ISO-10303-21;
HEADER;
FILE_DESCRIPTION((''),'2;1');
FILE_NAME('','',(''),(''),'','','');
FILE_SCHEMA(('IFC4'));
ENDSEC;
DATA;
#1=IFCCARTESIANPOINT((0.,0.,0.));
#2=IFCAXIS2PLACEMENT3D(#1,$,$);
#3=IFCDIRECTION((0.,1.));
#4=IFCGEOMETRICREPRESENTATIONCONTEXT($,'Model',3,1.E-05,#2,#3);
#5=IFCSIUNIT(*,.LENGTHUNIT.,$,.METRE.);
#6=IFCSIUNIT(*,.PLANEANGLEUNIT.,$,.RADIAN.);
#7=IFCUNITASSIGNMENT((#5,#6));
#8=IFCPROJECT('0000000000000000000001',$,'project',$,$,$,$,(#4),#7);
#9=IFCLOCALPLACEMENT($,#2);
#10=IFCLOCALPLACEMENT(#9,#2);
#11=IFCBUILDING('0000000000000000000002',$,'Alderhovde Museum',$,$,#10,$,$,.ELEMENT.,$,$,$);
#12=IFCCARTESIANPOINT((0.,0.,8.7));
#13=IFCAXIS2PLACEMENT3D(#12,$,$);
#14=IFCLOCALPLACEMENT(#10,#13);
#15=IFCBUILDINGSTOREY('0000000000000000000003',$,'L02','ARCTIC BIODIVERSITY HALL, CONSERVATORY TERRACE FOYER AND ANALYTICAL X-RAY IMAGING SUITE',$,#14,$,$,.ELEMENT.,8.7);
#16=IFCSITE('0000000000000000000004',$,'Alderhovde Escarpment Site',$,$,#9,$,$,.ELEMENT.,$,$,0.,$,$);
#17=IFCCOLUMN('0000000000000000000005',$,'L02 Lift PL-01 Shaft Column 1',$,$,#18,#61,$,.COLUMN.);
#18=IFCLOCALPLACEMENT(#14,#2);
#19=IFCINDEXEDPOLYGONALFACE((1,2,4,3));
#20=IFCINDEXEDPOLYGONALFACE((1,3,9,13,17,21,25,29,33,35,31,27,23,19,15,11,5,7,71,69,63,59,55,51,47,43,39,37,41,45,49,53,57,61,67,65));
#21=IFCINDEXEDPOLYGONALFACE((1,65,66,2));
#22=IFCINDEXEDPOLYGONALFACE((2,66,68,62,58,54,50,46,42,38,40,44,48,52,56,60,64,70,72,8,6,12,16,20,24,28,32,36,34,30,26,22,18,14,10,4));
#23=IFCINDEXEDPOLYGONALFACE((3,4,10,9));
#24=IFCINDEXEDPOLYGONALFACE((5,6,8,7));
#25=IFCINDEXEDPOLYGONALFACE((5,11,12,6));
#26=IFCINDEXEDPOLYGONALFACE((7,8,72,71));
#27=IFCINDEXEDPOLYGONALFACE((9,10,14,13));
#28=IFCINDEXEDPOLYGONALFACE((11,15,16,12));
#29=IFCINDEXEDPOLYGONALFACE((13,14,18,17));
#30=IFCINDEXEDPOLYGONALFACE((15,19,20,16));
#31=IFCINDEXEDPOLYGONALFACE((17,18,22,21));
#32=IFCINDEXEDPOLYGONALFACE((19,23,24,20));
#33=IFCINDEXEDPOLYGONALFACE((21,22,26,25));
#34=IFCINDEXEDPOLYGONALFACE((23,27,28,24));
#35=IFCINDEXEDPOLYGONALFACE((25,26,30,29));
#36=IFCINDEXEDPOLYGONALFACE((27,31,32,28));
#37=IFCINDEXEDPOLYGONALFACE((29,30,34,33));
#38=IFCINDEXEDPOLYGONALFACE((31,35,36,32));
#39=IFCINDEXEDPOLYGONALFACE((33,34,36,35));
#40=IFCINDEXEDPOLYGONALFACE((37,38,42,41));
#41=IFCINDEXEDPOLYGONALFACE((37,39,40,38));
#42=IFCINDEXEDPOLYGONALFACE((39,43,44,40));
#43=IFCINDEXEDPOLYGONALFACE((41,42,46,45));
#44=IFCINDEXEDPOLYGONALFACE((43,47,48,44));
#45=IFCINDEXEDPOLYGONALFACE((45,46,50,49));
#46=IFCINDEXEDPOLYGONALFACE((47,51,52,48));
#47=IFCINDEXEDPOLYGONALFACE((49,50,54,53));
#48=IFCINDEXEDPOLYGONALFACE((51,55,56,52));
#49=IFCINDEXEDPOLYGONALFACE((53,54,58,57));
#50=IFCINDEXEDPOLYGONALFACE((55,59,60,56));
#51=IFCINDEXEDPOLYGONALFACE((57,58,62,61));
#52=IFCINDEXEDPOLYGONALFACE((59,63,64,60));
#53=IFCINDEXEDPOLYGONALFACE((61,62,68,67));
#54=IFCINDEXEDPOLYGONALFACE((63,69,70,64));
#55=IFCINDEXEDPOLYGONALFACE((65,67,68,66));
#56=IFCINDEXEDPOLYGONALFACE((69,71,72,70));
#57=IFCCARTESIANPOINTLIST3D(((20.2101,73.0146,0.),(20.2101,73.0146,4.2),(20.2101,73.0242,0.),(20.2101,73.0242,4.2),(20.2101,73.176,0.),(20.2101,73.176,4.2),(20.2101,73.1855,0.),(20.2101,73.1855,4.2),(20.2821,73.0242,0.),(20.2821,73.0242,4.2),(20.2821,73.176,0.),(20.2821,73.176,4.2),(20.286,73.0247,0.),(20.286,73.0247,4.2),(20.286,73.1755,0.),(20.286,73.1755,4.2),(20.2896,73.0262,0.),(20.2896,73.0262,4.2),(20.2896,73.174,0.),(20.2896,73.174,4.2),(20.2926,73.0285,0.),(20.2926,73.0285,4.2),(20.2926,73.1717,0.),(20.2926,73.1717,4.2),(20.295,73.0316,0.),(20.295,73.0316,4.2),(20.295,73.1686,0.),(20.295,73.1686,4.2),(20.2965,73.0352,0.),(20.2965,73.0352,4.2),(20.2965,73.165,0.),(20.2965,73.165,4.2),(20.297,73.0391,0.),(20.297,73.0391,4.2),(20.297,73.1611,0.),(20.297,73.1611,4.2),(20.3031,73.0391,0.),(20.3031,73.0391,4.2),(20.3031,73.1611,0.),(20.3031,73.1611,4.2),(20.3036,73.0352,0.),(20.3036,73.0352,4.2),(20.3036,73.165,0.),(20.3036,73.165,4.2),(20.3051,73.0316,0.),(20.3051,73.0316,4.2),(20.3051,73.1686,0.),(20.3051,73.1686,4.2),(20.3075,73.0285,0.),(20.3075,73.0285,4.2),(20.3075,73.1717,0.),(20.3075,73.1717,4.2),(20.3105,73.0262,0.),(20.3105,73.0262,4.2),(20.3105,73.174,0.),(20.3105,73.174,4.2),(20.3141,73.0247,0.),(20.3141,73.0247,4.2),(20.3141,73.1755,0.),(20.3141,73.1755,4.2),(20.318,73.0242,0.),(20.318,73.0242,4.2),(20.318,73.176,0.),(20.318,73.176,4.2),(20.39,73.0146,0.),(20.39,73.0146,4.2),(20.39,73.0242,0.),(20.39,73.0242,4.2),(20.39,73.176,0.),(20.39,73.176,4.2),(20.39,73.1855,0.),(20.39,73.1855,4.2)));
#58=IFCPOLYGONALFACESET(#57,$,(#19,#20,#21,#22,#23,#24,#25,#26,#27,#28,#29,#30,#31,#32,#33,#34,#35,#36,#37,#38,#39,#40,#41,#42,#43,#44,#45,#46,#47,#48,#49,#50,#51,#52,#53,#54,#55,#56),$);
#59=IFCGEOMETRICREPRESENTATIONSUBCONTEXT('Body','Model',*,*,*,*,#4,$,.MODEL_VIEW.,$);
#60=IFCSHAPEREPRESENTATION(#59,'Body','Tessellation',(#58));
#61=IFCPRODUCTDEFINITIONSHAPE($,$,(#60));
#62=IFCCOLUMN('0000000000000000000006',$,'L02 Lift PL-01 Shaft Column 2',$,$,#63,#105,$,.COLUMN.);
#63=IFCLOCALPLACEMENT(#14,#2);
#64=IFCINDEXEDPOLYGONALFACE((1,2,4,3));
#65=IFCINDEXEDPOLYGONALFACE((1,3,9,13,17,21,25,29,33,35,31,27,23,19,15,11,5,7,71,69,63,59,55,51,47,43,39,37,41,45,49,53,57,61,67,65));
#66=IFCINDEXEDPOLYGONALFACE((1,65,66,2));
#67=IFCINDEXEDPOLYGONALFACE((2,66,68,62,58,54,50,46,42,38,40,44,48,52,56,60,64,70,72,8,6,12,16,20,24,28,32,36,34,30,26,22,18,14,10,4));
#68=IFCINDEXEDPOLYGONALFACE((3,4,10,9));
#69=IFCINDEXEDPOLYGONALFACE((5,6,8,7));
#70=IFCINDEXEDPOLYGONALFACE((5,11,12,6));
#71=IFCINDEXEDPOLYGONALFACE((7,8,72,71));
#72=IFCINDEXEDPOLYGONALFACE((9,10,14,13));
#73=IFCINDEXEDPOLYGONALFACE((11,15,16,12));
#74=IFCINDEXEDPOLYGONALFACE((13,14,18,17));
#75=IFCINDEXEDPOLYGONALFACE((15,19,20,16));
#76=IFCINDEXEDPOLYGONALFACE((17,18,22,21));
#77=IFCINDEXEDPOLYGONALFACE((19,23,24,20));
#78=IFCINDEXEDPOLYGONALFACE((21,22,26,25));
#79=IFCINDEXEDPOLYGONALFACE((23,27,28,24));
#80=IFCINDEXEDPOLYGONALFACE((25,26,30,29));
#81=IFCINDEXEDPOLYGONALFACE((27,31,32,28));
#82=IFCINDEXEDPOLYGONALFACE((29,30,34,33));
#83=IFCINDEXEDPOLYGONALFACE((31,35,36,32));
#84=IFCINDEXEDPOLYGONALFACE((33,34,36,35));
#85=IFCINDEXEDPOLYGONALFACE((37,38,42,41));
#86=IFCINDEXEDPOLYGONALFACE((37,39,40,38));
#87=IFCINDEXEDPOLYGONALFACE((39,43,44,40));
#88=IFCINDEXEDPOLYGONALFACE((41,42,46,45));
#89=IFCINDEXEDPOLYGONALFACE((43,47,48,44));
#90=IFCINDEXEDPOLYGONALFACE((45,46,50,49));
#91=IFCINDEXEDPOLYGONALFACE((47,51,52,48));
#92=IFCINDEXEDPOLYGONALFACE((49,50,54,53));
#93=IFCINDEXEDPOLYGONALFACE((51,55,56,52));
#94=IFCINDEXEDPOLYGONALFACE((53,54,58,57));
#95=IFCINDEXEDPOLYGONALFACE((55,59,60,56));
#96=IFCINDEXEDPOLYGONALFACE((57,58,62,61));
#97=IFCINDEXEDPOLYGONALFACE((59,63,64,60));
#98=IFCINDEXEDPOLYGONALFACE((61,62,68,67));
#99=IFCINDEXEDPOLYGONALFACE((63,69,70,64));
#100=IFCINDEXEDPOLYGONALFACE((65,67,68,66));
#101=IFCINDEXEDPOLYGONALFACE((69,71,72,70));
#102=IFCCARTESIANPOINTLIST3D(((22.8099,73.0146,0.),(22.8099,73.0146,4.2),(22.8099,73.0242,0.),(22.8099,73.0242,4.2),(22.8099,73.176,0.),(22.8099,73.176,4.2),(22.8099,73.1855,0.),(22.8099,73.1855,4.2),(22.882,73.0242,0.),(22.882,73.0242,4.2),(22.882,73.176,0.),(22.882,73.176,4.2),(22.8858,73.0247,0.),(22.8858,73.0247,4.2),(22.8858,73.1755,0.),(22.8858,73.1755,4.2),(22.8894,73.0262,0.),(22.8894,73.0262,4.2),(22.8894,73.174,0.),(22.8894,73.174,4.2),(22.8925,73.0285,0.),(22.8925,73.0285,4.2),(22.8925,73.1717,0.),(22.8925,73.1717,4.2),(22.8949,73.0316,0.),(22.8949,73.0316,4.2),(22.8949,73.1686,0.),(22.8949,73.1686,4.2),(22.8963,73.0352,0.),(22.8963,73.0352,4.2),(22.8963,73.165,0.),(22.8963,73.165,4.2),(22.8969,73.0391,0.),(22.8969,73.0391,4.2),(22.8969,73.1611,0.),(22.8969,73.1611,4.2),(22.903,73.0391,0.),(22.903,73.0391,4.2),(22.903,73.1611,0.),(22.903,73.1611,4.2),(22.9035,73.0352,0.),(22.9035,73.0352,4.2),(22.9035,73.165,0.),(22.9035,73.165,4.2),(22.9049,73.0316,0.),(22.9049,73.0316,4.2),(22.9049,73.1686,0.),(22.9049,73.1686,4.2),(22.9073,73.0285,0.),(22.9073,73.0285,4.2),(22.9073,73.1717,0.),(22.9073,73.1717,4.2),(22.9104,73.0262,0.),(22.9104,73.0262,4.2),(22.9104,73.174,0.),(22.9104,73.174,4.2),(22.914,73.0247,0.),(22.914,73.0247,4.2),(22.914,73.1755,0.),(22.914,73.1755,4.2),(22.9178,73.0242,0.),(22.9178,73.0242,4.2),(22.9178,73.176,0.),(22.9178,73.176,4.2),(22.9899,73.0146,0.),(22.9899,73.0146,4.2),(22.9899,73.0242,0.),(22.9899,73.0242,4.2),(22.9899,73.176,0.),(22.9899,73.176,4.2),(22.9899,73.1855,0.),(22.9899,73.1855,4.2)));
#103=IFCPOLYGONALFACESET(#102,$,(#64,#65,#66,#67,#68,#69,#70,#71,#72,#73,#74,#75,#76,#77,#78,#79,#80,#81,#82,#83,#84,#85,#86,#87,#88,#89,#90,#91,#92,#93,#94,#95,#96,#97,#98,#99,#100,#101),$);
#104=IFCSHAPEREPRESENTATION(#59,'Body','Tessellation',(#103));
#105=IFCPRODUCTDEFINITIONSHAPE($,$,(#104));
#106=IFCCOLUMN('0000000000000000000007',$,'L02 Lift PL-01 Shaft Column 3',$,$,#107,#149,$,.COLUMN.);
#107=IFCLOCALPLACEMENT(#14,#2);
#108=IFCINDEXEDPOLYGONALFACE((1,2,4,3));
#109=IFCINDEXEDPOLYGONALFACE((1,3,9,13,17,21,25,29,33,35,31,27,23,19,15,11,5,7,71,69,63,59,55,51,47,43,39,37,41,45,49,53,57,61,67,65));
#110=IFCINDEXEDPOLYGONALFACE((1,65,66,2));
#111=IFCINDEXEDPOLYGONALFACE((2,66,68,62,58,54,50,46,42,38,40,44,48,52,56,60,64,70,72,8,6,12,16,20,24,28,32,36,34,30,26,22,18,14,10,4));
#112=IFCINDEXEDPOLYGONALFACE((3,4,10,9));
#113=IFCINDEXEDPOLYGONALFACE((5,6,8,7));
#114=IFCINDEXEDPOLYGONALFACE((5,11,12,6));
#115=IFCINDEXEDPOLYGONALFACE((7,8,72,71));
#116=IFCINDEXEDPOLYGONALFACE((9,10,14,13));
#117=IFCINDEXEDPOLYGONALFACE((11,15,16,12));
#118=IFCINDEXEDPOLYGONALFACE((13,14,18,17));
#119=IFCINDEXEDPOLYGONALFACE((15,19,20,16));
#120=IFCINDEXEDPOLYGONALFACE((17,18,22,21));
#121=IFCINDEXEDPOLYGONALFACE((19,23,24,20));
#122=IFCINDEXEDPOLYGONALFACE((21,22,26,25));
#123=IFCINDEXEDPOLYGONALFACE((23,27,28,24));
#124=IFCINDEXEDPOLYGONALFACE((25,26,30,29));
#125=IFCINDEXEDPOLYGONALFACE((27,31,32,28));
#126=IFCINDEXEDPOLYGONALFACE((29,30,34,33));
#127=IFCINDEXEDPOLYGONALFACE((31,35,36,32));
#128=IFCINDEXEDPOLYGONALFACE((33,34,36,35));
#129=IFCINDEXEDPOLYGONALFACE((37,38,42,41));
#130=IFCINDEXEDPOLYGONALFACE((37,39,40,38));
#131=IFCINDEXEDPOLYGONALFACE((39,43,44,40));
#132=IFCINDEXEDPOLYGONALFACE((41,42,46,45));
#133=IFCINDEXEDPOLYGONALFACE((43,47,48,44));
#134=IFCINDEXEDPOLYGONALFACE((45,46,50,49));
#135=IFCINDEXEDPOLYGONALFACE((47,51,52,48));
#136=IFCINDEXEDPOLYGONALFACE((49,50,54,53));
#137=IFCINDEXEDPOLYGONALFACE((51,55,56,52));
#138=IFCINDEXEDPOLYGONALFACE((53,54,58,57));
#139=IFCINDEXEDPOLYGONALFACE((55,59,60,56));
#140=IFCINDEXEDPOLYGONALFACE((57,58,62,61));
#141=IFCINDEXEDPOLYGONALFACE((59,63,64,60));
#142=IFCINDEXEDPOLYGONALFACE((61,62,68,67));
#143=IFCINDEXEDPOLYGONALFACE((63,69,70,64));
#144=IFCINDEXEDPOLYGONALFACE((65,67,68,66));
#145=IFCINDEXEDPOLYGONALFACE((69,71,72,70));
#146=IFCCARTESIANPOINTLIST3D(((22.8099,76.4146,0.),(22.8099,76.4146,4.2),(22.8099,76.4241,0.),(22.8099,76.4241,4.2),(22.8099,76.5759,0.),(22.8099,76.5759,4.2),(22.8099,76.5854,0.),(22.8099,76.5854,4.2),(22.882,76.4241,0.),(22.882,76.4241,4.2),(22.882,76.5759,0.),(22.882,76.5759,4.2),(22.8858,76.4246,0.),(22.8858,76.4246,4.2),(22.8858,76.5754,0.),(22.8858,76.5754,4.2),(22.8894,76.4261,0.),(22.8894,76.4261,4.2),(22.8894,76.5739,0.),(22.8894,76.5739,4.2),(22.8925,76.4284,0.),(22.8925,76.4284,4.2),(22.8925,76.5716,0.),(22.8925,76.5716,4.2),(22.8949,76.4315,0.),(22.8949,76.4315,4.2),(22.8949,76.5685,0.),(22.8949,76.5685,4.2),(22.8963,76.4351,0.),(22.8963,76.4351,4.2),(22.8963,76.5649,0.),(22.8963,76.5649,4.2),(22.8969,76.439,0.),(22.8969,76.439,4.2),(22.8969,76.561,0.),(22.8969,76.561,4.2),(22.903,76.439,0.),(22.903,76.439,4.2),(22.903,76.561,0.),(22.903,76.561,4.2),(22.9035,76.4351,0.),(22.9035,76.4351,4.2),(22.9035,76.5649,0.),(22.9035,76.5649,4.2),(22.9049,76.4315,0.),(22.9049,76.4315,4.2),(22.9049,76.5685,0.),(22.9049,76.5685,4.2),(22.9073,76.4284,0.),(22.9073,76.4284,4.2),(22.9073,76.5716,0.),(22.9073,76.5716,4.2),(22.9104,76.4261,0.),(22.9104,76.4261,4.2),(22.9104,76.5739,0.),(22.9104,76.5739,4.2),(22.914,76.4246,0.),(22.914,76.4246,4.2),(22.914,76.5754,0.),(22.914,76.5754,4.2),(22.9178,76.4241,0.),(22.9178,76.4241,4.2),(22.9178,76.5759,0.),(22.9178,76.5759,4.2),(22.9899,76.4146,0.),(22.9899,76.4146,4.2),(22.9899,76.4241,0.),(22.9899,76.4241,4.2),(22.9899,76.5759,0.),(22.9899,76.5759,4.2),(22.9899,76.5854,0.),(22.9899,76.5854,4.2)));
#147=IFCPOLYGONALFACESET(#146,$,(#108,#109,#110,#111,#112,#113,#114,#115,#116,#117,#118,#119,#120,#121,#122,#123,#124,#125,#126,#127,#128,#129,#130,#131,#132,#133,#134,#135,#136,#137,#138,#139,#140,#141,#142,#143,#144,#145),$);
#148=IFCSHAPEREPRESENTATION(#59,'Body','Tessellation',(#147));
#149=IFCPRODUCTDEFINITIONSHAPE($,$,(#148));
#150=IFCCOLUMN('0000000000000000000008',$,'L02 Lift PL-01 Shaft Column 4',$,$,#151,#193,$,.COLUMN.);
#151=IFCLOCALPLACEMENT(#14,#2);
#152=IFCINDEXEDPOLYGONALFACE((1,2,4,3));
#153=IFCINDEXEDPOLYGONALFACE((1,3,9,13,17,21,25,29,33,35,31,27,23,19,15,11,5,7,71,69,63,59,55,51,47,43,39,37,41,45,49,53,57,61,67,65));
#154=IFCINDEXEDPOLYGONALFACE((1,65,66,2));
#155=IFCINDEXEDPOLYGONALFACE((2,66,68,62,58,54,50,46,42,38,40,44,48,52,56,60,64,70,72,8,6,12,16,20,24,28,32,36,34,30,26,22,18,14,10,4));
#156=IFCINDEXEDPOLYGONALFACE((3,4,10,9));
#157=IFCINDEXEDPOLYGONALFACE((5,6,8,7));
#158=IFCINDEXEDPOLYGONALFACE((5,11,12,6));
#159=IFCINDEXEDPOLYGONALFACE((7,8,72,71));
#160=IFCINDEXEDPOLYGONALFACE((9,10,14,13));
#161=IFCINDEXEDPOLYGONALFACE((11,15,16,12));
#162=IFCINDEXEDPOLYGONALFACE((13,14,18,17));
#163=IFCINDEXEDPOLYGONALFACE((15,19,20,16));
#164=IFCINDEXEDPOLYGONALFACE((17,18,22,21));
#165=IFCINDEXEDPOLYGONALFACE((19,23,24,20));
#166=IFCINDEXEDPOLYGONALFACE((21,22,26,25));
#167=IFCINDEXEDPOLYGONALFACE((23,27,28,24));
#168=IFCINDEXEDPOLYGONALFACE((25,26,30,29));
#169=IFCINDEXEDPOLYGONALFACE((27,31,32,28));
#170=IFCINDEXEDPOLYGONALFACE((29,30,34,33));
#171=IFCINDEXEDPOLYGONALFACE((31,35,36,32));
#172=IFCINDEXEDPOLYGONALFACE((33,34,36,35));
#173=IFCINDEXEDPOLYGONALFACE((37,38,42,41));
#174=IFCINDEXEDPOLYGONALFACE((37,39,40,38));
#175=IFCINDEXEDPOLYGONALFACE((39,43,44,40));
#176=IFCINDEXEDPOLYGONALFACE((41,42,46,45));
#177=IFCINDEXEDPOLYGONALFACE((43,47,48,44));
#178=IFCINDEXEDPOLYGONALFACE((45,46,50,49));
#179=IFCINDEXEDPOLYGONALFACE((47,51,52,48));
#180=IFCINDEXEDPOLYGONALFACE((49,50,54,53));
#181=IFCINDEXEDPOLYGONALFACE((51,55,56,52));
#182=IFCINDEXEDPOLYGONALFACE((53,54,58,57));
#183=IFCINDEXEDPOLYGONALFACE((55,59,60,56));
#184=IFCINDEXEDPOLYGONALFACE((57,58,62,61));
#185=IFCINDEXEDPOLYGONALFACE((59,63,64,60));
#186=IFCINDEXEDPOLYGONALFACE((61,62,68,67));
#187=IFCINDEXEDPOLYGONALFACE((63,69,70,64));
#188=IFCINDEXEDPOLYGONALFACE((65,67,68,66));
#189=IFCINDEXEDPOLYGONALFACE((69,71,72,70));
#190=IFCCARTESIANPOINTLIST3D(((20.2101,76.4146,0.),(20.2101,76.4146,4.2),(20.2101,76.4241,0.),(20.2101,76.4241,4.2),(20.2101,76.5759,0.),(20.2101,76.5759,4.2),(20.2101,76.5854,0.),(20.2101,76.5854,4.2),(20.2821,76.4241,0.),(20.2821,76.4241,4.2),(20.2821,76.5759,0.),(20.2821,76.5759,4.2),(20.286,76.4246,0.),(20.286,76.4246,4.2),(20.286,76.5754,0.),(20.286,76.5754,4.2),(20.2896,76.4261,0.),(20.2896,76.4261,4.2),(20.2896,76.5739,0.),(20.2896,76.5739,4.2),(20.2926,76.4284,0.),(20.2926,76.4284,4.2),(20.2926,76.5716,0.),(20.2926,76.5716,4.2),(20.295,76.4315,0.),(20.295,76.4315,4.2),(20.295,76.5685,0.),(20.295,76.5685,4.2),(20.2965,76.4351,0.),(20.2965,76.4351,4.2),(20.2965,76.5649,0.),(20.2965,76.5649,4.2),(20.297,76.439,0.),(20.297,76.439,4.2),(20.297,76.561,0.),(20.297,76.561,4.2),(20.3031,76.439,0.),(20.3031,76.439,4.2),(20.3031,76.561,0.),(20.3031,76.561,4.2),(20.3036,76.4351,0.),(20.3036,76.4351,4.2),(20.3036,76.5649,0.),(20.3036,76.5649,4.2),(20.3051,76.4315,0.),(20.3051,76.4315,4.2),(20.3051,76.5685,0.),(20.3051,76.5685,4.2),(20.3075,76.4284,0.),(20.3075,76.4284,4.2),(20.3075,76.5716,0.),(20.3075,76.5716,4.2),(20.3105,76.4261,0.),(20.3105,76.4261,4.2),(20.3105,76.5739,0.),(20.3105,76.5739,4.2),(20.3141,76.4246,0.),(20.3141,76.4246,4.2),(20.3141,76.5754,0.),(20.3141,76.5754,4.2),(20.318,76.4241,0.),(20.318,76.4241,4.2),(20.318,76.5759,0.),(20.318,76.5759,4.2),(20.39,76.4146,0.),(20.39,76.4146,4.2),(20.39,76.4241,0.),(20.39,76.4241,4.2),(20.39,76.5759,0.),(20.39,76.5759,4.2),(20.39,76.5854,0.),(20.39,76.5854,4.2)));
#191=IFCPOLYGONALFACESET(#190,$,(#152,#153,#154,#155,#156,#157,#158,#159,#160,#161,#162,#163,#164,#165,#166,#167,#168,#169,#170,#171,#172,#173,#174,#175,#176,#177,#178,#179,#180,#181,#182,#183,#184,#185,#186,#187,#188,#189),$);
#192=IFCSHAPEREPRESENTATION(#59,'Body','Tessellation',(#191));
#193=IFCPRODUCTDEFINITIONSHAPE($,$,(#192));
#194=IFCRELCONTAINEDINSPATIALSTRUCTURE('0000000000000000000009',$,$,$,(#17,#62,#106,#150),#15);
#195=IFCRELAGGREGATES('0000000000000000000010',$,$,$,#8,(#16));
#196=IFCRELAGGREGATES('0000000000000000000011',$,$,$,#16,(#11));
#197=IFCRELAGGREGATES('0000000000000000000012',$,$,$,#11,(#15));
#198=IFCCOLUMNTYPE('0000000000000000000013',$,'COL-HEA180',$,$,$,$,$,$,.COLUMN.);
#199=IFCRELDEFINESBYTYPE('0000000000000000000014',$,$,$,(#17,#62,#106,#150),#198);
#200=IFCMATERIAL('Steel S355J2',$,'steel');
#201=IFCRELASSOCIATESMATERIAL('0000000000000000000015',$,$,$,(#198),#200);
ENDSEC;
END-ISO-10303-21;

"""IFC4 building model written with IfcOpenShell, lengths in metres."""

from ifc_helpers import new_model, si_unit, direction, frame, origin, origin_2d, place, context, subcontext, project, spatial, i_section, extrude, material, material_profile, profile_set, type_object, element, save


model = new_model("IFC4")

# Units and contexts
model_context = context("Model", 3, precision=1e-05, world=origin(), true_north=direction((0.0, 1.0)))
body_context = subcontext(model_context, "Body", "Model", "MODEL_VIEW")
ifc_project = project(units=[si_unit("LENGTHUNIT", "METRE"), si_unit("PLANEANGLEUNIT", "RADIAN")], contexts=[model_context])

# Site, building, storey
site_placement = place(None, origin())
site = spatial("IfcSite", under=ifc_project, at=site_placement, Name="Alderhovde Escarpment Site", CompositionType="ELEMENT", RefElevation=0.0)
building_placement = place(site_placement, origin())
building = spatial("IfcBuilding", under=site, at=building_placement, Name="Alderhovde Museum", CompositionType="ELEMENT")
storey_placement = place(building_placement, frame((0.0, 0.0, 8.7)))
storey = spatial("IfcBuildingStorey", under=building, at=storey_placement, Name="L02", Description="ARCTIC BIODIVERSITY HALL, CONSERVATORY TERRACE FOYER AND ANALYTICAL X-RAY IMAGING SUITE", CompositionType="ELEMENT", Elevation=8.7)

# Columns
ifc_material_1 = material(Name="Steel S355J2", Category="steel")
ifc_material_profile_1 = material_profile(ifc_material_1, i_section(OverallWidth=0.1799, OverallDepth=0.1709, WebThickness=0.0061, FlangeThickness=0.0095, FilletRadius=0.0149, at=origin_2d()), Name="HEA 180")
ifc_profile_set_1 = profile_set([ifc_material_profile_1], Name="Steel S355J2")
column_type_1 = type_object("IfcColumnType", Name="COL-HEA180", PredefinedType="COLUMN", material=ifc_profile_set_1)
for number, where, z_axis, x_axis, name in (
    (1, (20.3, 73.1001, 0.0), (0.0, 0.0, 1.0), (1.0, 0.0, 0.0), "L02 Lift PL-01 Shaft Column 1"),
    (2, (22.8999, 73.1001, 0.0), (0.0, 0.0, 1.0), (1.0, 0.0, 0.0), "L02 Lift PL-01 Shaft Column 2"),
    (3, (22.8999, 76.5, 0.0), (0.0, 0.0, 1.0), (1.0, 0.0, 0.0), "L02 Lift PL-01 Shaft Column 3"),
    (4, (20.3, 76.5, 0.0), (0.0, 0.0, 1.0), (1.0, 0.0, 0.0), "L02 Lift PL-01 Shaft Column 4"),
):
    element("IfcColumn", number, at=place(storey_placement, frame(where, z_axis=z_axis, x_axis=x_axis)), inside=storey, type_object=column_type_1, Name=name, PredefinedType="COLUMN", context=body_context, shape_type="SweptSolid", body=[
        extrude(i_section(OverallWidth=0.1799, OverallDepth=0.1709, WebThickness=0.0061, FlangeThickness=0.0095, FilletRadius=0.0149, at=origin_2d()), origin(), (0.0, 0.0, 1.0), 4.2),
    ])

save(model, "model.ifc")
